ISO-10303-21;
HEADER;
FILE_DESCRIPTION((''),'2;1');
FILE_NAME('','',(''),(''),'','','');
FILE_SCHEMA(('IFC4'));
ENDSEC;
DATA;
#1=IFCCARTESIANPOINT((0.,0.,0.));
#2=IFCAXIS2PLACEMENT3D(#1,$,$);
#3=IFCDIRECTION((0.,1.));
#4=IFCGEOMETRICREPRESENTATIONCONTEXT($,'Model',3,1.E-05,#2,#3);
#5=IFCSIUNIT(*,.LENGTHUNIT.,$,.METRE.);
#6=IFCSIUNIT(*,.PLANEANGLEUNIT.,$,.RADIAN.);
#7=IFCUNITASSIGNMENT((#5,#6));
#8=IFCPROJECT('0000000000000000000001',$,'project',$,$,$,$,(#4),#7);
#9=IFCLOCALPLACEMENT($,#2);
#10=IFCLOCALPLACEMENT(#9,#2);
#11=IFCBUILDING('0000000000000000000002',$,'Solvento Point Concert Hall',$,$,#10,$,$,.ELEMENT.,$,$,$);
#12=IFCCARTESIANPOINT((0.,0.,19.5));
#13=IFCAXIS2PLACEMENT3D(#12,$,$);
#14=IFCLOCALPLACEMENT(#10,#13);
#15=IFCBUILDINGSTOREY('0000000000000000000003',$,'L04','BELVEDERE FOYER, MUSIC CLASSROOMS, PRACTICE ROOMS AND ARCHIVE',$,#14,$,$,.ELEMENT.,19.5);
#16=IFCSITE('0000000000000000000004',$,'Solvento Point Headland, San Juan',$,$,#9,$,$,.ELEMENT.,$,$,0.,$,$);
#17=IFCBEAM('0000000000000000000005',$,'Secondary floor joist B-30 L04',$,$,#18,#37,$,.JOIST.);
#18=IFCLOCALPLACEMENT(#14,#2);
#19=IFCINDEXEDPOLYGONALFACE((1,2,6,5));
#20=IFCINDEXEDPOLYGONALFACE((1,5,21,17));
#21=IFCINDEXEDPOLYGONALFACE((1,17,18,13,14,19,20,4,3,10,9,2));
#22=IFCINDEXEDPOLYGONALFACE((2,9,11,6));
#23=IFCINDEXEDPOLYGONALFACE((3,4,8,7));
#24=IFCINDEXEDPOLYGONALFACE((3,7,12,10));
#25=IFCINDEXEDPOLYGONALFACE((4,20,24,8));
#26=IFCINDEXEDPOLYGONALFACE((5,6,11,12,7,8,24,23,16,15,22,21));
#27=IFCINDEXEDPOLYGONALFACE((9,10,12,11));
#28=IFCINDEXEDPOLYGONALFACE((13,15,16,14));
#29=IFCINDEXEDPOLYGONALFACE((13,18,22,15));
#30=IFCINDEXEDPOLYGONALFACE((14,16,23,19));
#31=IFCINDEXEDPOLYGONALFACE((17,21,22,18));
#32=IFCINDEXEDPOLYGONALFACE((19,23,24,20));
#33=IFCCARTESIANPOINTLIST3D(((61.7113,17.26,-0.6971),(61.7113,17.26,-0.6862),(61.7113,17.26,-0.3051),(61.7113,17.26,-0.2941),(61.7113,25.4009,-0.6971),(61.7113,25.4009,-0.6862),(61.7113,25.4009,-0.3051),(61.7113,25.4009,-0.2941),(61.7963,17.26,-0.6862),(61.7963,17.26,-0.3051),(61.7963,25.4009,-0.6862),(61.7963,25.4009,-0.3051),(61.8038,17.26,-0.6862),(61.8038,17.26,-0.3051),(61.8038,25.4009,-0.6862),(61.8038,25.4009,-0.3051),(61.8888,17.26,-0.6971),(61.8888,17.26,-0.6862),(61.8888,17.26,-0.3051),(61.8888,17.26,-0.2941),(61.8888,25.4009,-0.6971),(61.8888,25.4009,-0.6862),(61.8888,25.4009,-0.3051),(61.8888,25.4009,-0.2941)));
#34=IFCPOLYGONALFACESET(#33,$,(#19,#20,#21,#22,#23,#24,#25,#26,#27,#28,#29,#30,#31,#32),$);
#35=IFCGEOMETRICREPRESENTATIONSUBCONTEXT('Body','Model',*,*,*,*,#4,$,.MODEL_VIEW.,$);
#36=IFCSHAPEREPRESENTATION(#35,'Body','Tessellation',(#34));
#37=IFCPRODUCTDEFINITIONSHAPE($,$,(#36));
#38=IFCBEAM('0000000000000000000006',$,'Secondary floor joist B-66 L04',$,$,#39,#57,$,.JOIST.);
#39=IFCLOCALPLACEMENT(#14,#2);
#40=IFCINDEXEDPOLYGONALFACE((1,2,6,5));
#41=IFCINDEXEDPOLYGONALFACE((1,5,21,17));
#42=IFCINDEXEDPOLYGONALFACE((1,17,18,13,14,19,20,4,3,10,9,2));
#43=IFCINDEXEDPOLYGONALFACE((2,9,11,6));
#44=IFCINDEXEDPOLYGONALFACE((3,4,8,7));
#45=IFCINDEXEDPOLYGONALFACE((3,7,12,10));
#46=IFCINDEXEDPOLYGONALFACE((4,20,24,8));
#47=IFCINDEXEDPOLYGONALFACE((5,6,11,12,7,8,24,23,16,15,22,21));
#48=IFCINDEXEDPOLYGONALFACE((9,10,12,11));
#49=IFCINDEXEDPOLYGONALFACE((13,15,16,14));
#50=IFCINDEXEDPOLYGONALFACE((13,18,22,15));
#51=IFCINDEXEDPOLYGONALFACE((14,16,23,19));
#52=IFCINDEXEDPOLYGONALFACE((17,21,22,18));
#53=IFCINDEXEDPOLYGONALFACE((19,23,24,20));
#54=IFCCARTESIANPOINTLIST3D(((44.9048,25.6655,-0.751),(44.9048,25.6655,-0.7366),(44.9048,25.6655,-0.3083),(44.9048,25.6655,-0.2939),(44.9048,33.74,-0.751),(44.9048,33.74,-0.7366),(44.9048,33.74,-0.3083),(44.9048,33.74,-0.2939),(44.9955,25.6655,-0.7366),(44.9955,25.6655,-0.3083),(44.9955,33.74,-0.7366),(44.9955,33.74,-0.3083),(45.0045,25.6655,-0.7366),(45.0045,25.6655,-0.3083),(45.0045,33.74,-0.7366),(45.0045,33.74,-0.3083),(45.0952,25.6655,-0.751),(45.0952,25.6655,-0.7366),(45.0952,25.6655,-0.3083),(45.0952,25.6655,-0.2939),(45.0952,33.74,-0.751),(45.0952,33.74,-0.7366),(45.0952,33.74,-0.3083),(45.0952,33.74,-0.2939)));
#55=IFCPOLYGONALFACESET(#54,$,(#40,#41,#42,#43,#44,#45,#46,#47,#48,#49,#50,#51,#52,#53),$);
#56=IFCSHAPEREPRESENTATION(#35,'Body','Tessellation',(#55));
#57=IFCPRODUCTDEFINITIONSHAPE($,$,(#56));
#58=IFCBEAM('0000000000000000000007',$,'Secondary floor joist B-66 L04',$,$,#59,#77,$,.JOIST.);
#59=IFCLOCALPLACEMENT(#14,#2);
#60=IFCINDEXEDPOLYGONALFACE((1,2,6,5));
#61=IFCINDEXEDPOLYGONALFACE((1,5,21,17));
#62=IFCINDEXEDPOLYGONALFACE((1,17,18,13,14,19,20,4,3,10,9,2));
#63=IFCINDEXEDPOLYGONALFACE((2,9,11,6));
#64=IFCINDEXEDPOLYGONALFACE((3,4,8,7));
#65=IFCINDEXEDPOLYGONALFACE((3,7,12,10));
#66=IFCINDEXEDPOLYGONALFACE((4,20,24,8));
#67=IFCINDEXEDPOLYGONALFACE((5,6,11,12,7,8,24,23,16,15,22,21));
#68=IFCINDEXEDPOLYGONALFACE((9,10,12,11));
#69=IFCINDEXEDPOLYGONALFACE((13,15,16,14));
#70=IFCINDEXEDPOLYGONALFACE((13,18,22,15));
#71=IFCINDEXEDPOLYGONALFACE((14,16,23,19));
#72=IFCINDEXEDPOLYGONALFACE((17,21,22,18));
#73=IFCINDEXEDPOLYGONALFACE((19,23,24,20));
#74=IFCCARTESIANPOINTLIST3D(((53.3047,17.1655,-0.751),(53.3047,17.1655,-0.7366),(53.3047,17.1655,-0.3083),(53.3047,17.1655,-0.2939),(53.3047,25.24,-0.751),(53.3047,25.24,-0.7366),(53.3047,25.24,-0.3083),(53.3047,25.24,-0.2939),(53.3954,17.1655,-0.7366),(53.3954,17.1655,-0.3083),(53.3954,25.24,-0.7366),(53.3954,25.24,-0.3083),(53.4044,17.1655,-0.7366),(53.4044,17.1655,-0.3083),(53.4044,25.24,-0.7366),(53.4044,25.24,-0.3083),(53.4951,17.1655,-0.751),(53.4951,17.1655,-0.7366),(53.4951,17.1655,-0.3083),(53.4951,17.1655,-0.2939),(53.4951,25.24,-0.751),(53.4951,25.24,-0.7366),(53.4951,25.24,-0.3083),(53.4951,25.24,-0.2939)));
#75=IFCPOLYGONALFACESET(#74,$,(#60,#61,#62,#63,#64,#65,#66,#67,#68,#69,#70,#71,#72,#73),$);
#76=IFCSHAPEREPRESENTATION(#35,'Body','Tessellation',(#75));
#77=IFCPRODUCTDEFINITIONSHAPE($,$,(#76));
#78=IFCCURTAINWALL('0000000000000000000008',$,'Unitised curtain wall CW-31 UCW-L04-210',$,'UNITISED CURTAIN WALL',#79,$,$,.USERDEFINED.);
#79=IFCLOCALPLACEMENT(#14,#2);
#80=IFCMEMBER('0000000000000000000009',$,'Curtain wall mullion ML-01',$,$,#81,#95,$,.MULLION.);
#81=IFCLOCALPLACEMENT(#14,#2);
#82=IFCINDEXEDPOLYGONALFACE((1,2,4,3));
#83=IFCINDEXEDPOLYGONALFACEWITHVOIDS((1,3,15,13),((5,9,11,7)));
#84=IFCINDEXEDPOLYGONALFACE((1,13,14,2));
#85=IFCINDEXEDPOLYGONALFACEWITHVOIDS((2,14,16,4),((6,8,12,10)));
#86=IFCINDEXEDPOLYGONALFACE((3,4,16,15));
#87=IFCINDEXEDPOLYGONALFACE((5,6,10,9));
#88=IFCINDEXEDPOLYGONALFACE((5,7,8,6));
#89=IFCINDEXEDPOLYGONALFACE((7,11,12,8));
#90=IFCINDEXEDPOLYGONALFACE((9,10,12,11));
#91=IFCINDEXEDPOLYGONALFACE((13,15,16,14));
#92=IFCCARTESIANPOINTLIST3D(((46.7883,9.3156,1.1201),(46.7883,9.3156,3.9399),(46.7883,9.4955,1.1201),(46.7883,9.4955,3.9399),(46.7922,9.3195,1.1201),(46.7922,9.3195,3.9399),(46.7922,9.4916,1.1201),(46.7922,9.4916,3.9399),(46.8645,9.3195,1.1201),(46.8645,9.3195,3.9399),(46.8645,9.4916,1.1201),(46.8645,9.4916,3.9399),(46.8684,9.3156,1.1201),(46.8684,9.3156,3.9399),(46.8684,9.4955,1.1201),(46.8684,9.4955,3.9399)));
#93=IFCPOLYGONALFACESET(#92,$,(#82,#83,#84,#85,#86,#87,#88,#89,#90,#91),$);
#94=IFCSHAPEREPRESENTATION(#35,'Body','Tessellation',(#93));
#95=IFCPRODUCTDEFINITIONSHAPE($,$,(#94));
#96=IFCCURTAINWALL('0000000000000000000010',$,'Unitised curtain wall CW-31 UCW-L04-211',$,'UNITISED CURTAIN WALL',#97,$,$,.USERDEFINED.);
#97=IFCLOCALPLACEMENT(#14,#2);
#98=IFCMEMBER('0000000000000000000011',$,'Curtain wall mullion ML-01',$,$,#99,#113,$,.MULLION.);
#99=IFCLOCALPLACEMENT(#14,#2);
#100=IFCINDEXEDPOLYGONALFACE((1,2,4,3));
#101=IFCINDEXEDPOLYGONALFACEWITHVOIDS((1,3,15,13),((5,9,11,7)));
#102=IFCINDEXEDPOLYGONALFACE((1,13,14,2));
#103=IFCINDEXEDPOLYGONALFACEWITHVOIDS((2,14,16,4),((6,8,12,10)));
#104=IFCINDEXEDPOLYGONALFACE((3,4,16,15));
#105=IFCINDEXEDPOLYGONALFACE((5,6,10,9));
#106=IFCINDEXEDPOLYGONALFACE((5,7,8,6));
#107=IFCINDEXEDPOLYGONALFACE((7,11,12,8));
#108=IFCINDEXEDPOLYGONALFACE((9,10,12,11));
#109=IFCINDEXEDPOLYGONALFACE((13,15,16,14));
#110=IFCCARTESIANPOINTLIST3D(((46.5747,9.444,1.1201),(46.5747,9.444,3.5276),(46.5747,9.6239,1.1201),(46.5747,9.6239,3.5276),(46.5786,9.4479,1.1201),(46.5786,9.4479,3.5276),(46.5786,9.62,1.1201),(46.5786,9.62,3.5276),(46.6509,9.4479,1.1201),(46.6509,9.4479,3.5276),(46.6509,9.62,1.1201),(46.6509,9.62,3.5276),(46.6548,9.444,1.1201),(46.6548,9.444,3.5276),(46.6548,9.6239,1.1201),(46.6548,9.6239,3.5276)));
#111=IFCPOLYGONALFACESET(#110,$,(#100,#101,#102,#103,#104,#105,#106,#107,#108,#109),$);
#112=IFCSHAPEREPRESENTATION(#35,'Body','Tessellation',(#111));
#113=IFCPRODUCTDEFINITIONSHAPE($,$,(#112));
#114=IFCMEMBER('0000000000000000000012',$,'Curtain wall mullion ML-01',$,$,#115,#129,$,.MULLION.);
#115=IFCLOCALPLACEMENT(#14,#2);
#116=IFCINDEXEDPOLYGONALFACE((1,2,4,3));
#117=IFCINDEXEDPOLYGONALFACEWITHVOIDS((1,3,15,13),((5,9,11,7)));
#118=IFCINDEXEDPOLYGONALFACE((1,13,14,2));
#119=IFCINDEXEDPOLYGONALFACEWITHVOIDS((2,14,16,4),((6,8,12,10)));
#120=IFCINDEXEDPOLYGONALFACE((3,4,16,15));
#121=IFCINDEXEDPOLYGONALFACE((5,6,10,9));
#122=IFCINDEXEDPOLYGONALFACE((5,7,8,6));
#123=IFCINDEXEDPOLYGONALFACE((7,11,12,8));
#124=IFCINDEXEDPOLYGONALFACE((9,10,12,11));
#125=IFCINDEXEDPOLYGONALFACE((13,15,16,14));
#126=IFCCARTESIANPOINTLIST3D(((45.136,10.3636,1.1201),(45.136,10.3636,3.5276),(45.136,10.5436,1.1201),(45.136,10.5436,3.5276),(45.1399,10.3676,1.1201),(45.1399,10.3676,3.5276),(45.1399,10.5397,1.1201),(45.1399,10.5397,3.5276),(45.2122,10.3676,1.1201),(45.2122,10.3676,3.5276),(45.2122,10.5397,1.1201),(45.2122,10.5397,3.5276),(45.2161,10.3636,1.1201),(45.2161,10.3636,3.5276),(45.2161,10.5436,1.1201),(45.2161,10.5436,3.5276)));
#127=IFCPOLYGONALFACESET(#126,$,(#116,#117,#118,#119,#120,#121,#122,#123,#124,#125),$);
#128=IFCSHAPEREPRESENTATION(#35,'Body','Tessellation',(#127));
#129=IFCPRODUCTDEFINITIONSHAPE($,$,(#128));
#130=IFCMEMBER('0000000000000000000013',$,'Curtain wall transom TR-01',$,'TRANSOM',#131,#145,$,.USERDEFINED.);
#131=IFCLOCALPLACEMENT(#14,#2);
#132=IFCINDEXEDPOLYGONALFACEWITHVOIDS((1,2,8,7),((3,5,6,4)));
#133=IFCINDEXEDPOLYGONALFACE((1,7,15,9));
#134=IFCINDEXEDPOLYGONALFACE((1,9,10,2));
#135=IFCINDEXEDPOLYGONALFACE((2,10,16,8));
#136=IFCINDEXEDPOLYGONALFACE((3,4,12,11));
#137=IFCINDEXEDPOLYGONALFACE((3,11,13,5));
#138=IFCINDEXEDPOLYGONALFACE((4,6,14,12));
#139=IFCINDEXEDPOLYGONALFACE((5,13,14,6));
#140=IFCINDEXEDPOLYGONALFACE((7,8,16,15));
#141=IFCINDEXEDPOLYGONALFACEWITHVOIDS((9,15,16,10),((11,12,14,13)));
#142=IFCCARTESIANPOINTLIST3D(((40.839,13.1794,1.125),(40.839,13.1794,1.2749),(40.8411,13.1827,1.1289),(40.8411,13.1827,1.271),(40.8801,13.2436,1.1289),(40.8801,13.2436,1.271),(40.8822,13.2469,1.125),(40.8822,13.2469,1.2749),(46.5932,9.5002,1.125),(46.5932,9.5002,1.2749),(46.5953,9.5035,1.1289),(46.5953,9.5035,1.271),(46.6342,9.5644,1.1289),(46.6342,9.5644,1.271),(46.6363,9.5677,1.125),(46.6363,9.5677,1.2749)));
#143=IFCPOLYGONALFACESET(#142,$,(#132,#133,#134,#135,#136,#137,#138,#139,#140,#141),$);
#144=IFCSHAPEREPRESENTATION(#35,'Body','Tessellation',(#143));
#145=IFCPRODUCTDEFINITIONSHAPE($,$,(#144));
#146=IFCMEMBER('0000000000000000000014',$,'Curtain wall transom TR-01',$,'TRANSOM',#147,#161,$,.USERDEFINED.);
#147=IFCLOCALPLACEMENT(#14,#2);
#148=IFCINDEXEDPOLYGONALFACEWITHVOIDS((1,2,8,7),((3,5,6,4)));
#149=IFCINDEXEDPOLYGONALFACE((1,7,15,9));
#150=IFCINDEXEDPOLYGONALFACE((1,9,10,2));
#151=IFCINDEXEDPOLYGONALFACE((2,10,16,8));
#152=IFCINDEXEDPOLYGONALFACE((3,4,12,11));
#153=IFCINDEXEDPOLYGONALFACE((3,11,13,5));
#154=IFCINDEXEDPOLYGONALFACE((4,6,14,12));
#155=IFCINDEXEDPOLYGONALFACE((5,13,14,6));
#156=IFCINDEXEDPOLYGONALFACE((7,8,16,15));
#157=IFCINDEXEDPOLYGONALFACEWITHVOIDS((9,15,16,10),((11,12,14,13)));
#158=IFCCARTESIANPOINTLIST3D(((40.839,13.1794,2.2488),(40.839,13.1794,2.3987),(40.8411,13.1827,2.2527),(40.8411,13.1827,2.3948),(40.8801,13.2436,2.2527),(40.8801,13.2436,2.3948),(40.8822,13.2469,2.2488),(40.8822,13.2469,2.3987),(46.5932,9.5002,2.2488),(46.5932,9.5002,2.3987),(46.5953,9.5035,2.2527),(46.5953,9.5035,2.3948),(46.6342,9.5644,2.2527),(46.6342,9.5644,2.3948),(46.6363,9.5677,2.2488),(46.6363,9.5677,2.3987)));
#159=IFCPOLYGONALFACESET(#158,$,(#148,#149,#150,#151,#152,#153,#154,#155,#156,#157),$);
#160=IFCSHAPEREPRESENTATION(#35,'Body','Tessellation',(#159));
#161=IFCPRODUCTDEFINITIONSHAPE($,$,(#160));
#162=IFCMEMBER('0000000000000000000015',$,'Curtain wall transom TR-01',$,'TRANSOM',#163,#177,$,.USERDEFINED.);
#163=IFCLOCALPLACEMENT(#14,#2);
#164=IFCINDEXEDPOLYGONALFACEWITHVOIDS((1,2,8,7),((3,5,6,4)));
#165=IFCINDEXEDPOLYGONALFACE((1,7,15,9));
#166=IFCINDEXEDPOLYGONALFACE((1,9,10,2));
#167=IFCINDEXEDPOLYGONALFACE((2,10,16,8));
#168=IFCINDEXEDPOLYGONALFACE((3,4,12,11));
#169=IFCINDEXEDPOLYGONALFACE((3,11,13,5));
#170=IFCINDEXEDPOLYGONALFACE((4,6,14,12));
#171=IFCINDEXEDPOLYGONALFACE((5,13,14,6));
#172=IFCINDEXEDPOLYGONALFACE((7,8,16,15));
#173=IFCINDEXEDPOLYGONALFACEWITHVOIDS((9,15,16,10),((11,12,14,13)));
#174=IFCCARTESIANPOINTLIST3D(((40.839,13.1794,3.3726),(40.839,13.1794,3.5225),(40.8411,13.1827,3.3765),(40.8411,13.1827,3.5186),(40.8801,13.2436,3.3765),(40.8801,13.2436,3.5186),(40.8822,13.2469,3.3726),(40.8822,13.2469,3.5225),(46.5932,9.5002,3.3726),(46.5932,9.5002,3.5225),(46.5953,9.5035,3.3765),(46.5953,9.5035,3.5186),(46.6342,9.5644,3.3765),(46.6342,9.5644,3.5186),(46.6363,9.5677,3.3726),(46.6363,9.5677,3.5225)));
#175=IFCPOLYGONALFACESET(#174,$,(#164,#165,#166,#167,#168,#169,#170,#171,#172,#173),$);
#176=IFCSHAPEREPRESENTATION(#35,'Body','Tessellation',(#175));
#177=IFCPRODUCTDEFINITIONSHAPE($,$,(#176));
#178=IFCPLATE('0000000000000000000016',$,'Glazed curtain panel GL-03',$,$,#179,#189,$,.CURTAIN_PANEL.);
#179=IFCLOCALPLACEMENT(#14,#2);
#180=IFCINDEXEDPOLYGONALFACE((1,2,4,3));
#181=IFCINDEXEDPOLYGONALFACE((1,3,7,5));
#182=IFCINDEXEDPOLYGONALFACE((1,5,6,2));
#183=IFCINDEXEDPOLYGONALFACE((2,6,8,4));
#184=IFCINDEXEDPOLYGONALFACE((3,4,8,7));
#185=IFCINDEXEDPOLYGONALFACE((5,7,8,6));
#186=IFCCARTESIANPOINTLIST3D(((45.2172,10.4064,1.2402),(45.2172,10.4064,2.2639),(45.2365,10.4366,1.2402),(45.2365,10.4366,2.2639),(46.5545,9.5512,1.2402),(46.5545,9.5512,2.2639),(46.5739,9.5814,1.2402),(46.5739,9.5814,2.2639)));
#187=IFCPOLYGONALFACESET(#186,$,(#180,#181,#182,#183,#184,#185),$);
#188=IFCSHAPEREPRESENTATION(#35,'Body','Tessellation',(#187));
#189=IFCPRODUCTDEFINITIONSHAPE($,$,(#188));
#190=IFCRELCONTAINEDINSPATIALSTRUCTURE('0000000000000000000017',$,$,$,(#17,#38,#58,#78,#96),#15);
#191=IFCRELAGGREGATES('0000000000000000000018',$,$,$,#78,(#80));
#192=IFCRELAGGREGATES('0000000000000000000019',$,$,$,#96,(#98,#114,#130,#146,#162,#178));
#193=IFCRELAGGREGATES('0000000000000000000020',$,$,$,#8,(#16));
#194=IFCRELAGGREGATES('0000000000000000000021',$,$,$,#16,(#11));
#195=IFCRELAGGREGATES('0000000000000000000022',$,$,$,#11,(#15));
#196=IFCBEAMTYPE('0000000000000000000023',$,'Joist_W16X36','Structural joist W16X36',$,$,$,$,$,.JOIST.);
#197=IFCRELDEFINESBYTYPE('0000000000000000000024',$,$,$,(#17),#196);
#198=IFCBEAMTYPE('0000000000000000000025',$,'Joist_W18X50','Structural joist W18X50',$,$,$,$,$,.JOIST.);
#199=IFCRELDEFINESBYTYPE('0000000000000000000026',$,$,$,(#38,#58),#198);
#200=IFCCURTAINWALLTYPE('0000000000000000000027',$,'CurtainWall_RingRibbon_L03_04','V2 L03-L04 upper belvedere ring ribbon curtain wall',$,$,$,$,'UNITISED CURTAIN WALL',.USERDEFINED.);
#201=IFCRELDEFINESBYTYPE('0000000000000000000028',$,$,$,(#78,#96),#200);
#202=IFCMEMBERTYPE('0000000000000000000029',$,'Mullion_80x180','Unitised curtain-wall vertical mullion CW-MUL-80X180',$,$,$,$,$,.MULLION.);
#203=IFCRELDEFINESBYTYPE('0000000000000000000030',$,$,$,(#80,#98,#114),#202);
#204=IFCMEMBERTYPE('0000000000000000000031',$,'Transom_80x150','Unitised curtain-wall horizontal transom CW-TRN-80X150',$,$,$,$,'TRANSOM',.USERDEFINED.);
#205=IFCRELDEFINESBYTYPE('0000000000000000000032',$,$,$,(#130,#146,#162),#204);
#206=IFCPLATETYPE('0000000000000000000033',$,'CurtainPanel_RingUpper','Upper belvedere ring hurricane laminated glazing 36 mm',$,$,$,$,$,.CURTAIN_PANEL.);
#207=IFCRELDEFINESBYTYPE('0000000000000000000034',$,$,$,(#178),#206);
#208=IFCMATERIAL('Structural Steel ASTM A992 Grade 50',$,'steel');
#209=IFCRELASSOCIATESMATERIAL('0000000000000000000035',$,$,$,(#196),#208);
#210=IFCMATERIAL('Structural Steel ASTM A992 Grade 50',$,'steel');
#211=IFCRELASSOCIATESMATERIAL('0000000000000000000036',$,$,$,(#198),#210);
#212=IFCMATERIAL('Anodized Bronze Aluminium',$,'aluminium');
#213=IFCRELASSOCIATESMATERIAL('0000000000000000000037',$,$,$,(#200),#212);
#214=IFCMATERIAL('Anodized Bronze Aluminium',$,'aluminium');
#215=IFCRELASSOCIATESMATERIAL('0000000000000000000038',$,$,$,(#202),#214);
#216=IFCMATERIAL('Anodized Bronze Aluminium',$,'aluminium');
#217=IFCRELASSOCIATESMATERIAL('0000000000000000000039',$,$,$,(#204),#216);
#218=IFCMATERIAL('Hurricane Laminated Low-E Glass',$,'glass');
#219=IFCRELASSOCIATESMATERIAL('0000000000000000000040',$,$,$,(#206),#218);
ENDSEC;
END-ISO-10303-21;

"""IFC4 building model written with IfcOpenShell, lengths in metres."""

from ifc_helpers import new_model, si_unit, direction, frame, origin, origin_2d, place, context, subcontext, project, spatial, rectangle, hollow_rectangle, i_section, extrude, material, material_profile, profile_set, type_object, element, aggregate, save


model = new_model("IFC4")

# Units and contexts
model_context = context("Model", 3, precision=1e-05, world=origin(), true_north=direction((0.0, 1.0)))
body_context = subcontext(model_context, "Body", "Model", "MODEL_VIEW")
ifc_project = project(units=[si_unit("LENGTHUNIT", "METRE"), si_unit("PLANEANGLEUNIT", "RADIAN")], contexts=[model_context])

# Site, building, storey
site_placement = place(None, origin())
site = spatial("IfcSite", under=ifc_project, at=site_placement, Name="Solvento Point Headland, San Juan", CompositionType="ELEMENT", RefElevation=0.0)
building_placement = place(site_placement, origin())
building = spatial("IfcBuilding", under=site, at=building_placement, Name="Solvento Point Concert Hall", CompositionType="ELEMENT")
storey_placement = place(building_placement, frame((0.0, 0.0, 19.5)))
storey = spatial("IfcBuildingStorey", under=building, at=storey_placement, Name="L04", Description="BELVEDERE FOYER, MUSIC CLASSROOMS, PRACTICE ROOMS AND ARCHIVE", CompositionType="ELEMENT", Elevation=19.5)

# Beams
ifc_material_1 = material(Name="Structural Steel ASTM A992 Grade 50", Category="steel")
ifc_material_profile_1 = material_profile(ifc_material_1, i_section(OverallWidth=0.1775, OverallDepth=0.4031, WebThickness=0.0076, FlangeThickness=0.011, at=origin_2d()), Name="W16X36")
ifc_profile_set_1 = profile_set([ifc_material_profile_1], Name="Structural Steel ASTM A992 Grade 50")
beam_type_1 = type_object("IfcBeamType", Name="Joist_W16X36", Description="Structural joist W16X36", PredefinedType="JOIST", material=ifc_profile_set_1)
for number, where, z_axis, x_axis, name in (
    (1, (61.8, 17.26, -0.4956), (0.0, 1.0, 0.0), (-1.0, 0.0, 0.0), "Secondary floor joist B-30 L04"),
):
    element("IfcBeam", number, at=place(storey_placement, frame(where, z_axis=z_axis, x_axis=x_axis)), inside=storey, type_object=beam_type_1, Name=name, PredefinedType="JOIST", context=body_context, shape_type="SweptSolid", body=[
        extrude(i_section(OverallWidth=0.1775, OverallDepth=0.4031, WebThickness=0.0076, FlangeThickness=0.011, at=origin_2d()), origin(), (0.0, 0.0, 1.0), 8.1409),
    ])
ifc_material_2 = material(Name="Structural Steel ASTM A992 Grade 50", Category="steel")
ifc_material_profile_2 = material_profile(ifc_material_2, i_section(OverallWidth=0.1904, OverallDepth=0.457, WebThickness=0.009, FlangeThickness=0.0144, at=origin_2d()), Name="W18X50")
ifc_profile_set_2 = profile_set([ifc_material_profile_2], Name="Structural Steel ASTM A992 Grade 50")
beam_type_2 = type_object("IfcBeamType", Name="Joist_W18X50", Description="Structural joist W18X50", PredefinedType="JOIST", material=ifc_profile_set_2)
for number, where, z_axis, x_axis, name in (
    (2, (45.0, 25.6655, -0.5225), (0.0, 1.0, 0.0), (-1.0, 0.0, 0.0), "Secondary floor joist B-66 L04"),
    (3, (53.3999, 17.1655, -0.5225), (0.0, 1.0, 0.0), (-1.0, 0.0, 0.0), "Secondary floor joist B-66 L04"),
):
    element("IfcBeam", number, at=place(storey_placement, frame(where, z_axis=z_axis, x_axis=x_axis)), inside=storey, type_object=beam_type_2, Name=name, PredefinedType="JOIST", context=body_context, shape_type="SweptSolid", body=[
        extrude(i_section(OverallWidth=0.1904, OverallDepth=0.457, WebThickness=0.009, FlangeThickness=0.0144, at=origin_2d()), origin(), (0.0, 0.0, 1.0), 8.0745),
    ])

# Curtain wall, member
ifc_material_3 = material(Name="Anodized Bronze Aluminium", Category="aluminium")
curtain_wall_type = type_object("IfcCurtainWallType", Name="CurtainWall_RingRibbon_L03_04", Description="V2 L03-L04 upper belvedere ring ribbon curtain wall", ElementType="UNITISED CURTAIN WALL", PredefinedType="USERDEFINED", material=ifc_material_3)
curtain_wall_1_placement = place(storey_placement, origin())
curtain_wall_1 = element("IfcCurtainWall", 4, at=curtain_wall_1_placement, inside=storey, type_object=curtain_wall_type, Name="Unitised curtain wall CW-31 UCW-L04-210", ObjectType="UNITISED CURTAIN WALL", PredefinedType="USERDEFINED")
ifc_material_4 = material(Name="Anodized Bronze Aluminium", Category="aluminium")
ifc_material_profile_3 = material_profile(ifc_material_4, hollow_rectangle(XDim=0.0801, YDim=0.1799, WallThickness=0.0039, at=origin_2d()), Name="CW-MUL-80X180")
ifc_profile_set_3 = profile_set([ifc_material_profile_3], Name="Anodized Bronze Aluminium")
member_type_1 = type_object("IfcMemberType", Name="Mullion_80x180", Description="Unitised curtain-wall vertical mullion CW-MUL-80X180", PredefinedType="MULLION", material=ifc_profile_set_3)
member_1_placement = place(storey_placement, frame((46.8284, 9.4055, 1.1201), z_axis=(0.0, 0.0, 1.0), x_axis=(1.0, 0.0, 0.0)))
member_1 = element("IfcMember", 5, at=member_1_placement, type_object=member_type_1, Name="Curtain wall mullion ML-01", PredefinedType="MULLION", context=body_context, shape_type="SweptSolid", body=[
    extrude(hollow_rectangle(XDim=0.0801, YDim=0.1799, WallThickness=0.0039, at=origin_2d()), origin(), (0.0, 0.0, 1.0), 2.8198),
])
aggregate(curtain_wall_1, [member_1])

# Curtain wall, members, plate
curtain_wall_2_placement = place(storey_placement, origin())
curtain_wall_2 = element("IfcCurtainWall", 6, at=curtain_wall_2_placement, inside=storey, type_object=curtain_wall_type, Name="Unitised curtain wall CW-31 UCW-L04-211", ObjectType="UNITISED CURTAIN WALL", PredefinedType="USERDEFINED")
member_2_placement = place(storey_placement, frame((46.6147, 9.5339, 1.1201), z_axis=(0.0, 0.0, 1.0), x_axis=(1.0, 0.0, 0.0)))
member_2 = element("IfcMember", 7, at=member_2_placement, type_object=member_type_1, Name="Curtain wall mullion ML-01", PredefinedType="MULLION", context=body_context, shape_type="SweptSolid", body=[
    extrude(hollow_rectangle(XDim=0.0801, YDim=0.1799, WallThickness=0.0039, at=origin_2d()), origin(), (0.0, 0.0, 1.0), 2.4075),
])
member_3_placement = place(storey_placement, frame((45.176, 10.4536, 1.1201), z_axis=(0.0, 0.0, 1.0), x_axis=(1.0, 0.0, 0.0)))
member_3 = element("IfcMember", 8, at=member_3_placement, type_object=member_type_1, Name="Curtain wall mullion ML-01", PredefinedType="MULLION", context=body_context, shape_type="SweptSolid", body=[
    extrude(hollow_rectangle(XDim=0.0801, YDim=0.1799, WallThickness=0.0039, at=origin_2d()), origin(), (0.0, 0.0, 1.0), 2.4075),
])
ifc_material_5 = material(Name="Anodized Bronze Aluminium", Category="aluminium")
ifc_material_profile_4 = material_profile(ifc_material_5, hollow_rectangle(XDim=0.0801, YDim=0.1499, WallThickness=0.0039, at=origin_2d()), Name="CW-TRN-80X150")
ifc_profile_set_4 = profile_set([ifc_material_profile_4], Name="Anodized Bronze Aluminium")
member_type_2 = type_object("IfcMemberType", Name="Transom_80x150", Description="Unitised curtain-wall horizontal transom CW-TRN-80X150", ElementType="TRANSOM", PredefinedType="USERDEFINED", material=ifc_profile_set_4)
member_4_placement = place(storey_placement, frame((46.6147, 9.5339, 1.2), z_axis=(-0.842501, 0.538695, 0.0), x_axis=(-0.538695, -0.842501, 0.0)))
member_4 = element("IfcMember", 9, at=member_4_placement, type_object=member_type_2, Name="Curtain wall transom TR-01", ObjectType="TRANSOM", PredefinedType="USERDEFINED", context=body_context, shape_type="SweptSolid", body=[
    extrude(hollow_rectangle(XDim=0.0801, YDim=0.1499, WallThickness=0.0039, at=origin_2d()), origin(), (0.0, 0.0, 1.0), 6.8298),
])
member_5_placement = place(storey_placement, frame((46.6147, 9.5339, 2.3237), z_axis=(-0.842501, 0.538695, 0.0), x_axis=(-0.538695, -0.842501, 0.0)))
member_5 = element("IfcMember", 10, at=member_5_placement, type_object=member_type_2, Name="Curtain wall transom TR-01", ObjectType="TRANSOM", PredefinedType="USERDEFINED", context=body_context, shape_type="SweptSolid", body=[
    extrude(hollow_rectangle(XDim=0.0801, YDim=0.1499, WallThickness=0.0039, at=origin_2d()), origin(), (0.0, 0.0, 1.0), 6.8298),
])
member_6_placement = place(storey_placement, frame((46.6147, 9.5339, 3.4475), z_axis=(-0.842501, 0.538695, 0.0), x_axis=(-0.538695, -0.842501, 0.0)))
member_6 = element("IfcMember", 11, at=member_6_placement, type_object=member_type_2, Name="Curtain wall transom TR-01", ObjectType="TRANSOM", PredefinedType="USERDEFINED", context=body_context, shape_type="SweptSolid", body=[
    extrude(hollow_rectangle(XDim=0.0801, YDim=0.1499, WallThickness=0.0039, at=origin_2d()), origin(), (0.0, 0.0, 1.0), 6.8298),
])
ifc_material_6 = material(Name="Hurricane Laminated Low-E Glass", Category="glass")
plate_type = type_object("IfcPlateType", Name="CurtainPanel_RingUpper", Description="Upper belvedere ring hurricane laminated glazing 36 mm", PredefinedType="CURTAIN_PANEL", material=ifc_material_6)
plate_1_placement = place(storey_placement, frame((45.8955, 9.9939, 1.2402), z_axis=(0.0, 0.0, 1.0), x_axis=(-0.84249, 0.538712, 0.0)))
plate_1 = element("IfcPlate", 12, at=plate_1_placement, type_object=plate_type, Name="Glazed curtain panel GL-03", PredefinedType="CURTAIN_PANEL", context=body_context, shape_type="SweptSolid", body=[
    extrude(rectangle(XDim=1.5874, YDim=0.0359, at=origin_2d()), origin(), (0.0, 0.0, 1.0), 1.0237),
])
aggregate(curtain_wall_2, [member_2, member_3, member_4, member_5, member_6, plate_1])

save(model, "model.ifc")
